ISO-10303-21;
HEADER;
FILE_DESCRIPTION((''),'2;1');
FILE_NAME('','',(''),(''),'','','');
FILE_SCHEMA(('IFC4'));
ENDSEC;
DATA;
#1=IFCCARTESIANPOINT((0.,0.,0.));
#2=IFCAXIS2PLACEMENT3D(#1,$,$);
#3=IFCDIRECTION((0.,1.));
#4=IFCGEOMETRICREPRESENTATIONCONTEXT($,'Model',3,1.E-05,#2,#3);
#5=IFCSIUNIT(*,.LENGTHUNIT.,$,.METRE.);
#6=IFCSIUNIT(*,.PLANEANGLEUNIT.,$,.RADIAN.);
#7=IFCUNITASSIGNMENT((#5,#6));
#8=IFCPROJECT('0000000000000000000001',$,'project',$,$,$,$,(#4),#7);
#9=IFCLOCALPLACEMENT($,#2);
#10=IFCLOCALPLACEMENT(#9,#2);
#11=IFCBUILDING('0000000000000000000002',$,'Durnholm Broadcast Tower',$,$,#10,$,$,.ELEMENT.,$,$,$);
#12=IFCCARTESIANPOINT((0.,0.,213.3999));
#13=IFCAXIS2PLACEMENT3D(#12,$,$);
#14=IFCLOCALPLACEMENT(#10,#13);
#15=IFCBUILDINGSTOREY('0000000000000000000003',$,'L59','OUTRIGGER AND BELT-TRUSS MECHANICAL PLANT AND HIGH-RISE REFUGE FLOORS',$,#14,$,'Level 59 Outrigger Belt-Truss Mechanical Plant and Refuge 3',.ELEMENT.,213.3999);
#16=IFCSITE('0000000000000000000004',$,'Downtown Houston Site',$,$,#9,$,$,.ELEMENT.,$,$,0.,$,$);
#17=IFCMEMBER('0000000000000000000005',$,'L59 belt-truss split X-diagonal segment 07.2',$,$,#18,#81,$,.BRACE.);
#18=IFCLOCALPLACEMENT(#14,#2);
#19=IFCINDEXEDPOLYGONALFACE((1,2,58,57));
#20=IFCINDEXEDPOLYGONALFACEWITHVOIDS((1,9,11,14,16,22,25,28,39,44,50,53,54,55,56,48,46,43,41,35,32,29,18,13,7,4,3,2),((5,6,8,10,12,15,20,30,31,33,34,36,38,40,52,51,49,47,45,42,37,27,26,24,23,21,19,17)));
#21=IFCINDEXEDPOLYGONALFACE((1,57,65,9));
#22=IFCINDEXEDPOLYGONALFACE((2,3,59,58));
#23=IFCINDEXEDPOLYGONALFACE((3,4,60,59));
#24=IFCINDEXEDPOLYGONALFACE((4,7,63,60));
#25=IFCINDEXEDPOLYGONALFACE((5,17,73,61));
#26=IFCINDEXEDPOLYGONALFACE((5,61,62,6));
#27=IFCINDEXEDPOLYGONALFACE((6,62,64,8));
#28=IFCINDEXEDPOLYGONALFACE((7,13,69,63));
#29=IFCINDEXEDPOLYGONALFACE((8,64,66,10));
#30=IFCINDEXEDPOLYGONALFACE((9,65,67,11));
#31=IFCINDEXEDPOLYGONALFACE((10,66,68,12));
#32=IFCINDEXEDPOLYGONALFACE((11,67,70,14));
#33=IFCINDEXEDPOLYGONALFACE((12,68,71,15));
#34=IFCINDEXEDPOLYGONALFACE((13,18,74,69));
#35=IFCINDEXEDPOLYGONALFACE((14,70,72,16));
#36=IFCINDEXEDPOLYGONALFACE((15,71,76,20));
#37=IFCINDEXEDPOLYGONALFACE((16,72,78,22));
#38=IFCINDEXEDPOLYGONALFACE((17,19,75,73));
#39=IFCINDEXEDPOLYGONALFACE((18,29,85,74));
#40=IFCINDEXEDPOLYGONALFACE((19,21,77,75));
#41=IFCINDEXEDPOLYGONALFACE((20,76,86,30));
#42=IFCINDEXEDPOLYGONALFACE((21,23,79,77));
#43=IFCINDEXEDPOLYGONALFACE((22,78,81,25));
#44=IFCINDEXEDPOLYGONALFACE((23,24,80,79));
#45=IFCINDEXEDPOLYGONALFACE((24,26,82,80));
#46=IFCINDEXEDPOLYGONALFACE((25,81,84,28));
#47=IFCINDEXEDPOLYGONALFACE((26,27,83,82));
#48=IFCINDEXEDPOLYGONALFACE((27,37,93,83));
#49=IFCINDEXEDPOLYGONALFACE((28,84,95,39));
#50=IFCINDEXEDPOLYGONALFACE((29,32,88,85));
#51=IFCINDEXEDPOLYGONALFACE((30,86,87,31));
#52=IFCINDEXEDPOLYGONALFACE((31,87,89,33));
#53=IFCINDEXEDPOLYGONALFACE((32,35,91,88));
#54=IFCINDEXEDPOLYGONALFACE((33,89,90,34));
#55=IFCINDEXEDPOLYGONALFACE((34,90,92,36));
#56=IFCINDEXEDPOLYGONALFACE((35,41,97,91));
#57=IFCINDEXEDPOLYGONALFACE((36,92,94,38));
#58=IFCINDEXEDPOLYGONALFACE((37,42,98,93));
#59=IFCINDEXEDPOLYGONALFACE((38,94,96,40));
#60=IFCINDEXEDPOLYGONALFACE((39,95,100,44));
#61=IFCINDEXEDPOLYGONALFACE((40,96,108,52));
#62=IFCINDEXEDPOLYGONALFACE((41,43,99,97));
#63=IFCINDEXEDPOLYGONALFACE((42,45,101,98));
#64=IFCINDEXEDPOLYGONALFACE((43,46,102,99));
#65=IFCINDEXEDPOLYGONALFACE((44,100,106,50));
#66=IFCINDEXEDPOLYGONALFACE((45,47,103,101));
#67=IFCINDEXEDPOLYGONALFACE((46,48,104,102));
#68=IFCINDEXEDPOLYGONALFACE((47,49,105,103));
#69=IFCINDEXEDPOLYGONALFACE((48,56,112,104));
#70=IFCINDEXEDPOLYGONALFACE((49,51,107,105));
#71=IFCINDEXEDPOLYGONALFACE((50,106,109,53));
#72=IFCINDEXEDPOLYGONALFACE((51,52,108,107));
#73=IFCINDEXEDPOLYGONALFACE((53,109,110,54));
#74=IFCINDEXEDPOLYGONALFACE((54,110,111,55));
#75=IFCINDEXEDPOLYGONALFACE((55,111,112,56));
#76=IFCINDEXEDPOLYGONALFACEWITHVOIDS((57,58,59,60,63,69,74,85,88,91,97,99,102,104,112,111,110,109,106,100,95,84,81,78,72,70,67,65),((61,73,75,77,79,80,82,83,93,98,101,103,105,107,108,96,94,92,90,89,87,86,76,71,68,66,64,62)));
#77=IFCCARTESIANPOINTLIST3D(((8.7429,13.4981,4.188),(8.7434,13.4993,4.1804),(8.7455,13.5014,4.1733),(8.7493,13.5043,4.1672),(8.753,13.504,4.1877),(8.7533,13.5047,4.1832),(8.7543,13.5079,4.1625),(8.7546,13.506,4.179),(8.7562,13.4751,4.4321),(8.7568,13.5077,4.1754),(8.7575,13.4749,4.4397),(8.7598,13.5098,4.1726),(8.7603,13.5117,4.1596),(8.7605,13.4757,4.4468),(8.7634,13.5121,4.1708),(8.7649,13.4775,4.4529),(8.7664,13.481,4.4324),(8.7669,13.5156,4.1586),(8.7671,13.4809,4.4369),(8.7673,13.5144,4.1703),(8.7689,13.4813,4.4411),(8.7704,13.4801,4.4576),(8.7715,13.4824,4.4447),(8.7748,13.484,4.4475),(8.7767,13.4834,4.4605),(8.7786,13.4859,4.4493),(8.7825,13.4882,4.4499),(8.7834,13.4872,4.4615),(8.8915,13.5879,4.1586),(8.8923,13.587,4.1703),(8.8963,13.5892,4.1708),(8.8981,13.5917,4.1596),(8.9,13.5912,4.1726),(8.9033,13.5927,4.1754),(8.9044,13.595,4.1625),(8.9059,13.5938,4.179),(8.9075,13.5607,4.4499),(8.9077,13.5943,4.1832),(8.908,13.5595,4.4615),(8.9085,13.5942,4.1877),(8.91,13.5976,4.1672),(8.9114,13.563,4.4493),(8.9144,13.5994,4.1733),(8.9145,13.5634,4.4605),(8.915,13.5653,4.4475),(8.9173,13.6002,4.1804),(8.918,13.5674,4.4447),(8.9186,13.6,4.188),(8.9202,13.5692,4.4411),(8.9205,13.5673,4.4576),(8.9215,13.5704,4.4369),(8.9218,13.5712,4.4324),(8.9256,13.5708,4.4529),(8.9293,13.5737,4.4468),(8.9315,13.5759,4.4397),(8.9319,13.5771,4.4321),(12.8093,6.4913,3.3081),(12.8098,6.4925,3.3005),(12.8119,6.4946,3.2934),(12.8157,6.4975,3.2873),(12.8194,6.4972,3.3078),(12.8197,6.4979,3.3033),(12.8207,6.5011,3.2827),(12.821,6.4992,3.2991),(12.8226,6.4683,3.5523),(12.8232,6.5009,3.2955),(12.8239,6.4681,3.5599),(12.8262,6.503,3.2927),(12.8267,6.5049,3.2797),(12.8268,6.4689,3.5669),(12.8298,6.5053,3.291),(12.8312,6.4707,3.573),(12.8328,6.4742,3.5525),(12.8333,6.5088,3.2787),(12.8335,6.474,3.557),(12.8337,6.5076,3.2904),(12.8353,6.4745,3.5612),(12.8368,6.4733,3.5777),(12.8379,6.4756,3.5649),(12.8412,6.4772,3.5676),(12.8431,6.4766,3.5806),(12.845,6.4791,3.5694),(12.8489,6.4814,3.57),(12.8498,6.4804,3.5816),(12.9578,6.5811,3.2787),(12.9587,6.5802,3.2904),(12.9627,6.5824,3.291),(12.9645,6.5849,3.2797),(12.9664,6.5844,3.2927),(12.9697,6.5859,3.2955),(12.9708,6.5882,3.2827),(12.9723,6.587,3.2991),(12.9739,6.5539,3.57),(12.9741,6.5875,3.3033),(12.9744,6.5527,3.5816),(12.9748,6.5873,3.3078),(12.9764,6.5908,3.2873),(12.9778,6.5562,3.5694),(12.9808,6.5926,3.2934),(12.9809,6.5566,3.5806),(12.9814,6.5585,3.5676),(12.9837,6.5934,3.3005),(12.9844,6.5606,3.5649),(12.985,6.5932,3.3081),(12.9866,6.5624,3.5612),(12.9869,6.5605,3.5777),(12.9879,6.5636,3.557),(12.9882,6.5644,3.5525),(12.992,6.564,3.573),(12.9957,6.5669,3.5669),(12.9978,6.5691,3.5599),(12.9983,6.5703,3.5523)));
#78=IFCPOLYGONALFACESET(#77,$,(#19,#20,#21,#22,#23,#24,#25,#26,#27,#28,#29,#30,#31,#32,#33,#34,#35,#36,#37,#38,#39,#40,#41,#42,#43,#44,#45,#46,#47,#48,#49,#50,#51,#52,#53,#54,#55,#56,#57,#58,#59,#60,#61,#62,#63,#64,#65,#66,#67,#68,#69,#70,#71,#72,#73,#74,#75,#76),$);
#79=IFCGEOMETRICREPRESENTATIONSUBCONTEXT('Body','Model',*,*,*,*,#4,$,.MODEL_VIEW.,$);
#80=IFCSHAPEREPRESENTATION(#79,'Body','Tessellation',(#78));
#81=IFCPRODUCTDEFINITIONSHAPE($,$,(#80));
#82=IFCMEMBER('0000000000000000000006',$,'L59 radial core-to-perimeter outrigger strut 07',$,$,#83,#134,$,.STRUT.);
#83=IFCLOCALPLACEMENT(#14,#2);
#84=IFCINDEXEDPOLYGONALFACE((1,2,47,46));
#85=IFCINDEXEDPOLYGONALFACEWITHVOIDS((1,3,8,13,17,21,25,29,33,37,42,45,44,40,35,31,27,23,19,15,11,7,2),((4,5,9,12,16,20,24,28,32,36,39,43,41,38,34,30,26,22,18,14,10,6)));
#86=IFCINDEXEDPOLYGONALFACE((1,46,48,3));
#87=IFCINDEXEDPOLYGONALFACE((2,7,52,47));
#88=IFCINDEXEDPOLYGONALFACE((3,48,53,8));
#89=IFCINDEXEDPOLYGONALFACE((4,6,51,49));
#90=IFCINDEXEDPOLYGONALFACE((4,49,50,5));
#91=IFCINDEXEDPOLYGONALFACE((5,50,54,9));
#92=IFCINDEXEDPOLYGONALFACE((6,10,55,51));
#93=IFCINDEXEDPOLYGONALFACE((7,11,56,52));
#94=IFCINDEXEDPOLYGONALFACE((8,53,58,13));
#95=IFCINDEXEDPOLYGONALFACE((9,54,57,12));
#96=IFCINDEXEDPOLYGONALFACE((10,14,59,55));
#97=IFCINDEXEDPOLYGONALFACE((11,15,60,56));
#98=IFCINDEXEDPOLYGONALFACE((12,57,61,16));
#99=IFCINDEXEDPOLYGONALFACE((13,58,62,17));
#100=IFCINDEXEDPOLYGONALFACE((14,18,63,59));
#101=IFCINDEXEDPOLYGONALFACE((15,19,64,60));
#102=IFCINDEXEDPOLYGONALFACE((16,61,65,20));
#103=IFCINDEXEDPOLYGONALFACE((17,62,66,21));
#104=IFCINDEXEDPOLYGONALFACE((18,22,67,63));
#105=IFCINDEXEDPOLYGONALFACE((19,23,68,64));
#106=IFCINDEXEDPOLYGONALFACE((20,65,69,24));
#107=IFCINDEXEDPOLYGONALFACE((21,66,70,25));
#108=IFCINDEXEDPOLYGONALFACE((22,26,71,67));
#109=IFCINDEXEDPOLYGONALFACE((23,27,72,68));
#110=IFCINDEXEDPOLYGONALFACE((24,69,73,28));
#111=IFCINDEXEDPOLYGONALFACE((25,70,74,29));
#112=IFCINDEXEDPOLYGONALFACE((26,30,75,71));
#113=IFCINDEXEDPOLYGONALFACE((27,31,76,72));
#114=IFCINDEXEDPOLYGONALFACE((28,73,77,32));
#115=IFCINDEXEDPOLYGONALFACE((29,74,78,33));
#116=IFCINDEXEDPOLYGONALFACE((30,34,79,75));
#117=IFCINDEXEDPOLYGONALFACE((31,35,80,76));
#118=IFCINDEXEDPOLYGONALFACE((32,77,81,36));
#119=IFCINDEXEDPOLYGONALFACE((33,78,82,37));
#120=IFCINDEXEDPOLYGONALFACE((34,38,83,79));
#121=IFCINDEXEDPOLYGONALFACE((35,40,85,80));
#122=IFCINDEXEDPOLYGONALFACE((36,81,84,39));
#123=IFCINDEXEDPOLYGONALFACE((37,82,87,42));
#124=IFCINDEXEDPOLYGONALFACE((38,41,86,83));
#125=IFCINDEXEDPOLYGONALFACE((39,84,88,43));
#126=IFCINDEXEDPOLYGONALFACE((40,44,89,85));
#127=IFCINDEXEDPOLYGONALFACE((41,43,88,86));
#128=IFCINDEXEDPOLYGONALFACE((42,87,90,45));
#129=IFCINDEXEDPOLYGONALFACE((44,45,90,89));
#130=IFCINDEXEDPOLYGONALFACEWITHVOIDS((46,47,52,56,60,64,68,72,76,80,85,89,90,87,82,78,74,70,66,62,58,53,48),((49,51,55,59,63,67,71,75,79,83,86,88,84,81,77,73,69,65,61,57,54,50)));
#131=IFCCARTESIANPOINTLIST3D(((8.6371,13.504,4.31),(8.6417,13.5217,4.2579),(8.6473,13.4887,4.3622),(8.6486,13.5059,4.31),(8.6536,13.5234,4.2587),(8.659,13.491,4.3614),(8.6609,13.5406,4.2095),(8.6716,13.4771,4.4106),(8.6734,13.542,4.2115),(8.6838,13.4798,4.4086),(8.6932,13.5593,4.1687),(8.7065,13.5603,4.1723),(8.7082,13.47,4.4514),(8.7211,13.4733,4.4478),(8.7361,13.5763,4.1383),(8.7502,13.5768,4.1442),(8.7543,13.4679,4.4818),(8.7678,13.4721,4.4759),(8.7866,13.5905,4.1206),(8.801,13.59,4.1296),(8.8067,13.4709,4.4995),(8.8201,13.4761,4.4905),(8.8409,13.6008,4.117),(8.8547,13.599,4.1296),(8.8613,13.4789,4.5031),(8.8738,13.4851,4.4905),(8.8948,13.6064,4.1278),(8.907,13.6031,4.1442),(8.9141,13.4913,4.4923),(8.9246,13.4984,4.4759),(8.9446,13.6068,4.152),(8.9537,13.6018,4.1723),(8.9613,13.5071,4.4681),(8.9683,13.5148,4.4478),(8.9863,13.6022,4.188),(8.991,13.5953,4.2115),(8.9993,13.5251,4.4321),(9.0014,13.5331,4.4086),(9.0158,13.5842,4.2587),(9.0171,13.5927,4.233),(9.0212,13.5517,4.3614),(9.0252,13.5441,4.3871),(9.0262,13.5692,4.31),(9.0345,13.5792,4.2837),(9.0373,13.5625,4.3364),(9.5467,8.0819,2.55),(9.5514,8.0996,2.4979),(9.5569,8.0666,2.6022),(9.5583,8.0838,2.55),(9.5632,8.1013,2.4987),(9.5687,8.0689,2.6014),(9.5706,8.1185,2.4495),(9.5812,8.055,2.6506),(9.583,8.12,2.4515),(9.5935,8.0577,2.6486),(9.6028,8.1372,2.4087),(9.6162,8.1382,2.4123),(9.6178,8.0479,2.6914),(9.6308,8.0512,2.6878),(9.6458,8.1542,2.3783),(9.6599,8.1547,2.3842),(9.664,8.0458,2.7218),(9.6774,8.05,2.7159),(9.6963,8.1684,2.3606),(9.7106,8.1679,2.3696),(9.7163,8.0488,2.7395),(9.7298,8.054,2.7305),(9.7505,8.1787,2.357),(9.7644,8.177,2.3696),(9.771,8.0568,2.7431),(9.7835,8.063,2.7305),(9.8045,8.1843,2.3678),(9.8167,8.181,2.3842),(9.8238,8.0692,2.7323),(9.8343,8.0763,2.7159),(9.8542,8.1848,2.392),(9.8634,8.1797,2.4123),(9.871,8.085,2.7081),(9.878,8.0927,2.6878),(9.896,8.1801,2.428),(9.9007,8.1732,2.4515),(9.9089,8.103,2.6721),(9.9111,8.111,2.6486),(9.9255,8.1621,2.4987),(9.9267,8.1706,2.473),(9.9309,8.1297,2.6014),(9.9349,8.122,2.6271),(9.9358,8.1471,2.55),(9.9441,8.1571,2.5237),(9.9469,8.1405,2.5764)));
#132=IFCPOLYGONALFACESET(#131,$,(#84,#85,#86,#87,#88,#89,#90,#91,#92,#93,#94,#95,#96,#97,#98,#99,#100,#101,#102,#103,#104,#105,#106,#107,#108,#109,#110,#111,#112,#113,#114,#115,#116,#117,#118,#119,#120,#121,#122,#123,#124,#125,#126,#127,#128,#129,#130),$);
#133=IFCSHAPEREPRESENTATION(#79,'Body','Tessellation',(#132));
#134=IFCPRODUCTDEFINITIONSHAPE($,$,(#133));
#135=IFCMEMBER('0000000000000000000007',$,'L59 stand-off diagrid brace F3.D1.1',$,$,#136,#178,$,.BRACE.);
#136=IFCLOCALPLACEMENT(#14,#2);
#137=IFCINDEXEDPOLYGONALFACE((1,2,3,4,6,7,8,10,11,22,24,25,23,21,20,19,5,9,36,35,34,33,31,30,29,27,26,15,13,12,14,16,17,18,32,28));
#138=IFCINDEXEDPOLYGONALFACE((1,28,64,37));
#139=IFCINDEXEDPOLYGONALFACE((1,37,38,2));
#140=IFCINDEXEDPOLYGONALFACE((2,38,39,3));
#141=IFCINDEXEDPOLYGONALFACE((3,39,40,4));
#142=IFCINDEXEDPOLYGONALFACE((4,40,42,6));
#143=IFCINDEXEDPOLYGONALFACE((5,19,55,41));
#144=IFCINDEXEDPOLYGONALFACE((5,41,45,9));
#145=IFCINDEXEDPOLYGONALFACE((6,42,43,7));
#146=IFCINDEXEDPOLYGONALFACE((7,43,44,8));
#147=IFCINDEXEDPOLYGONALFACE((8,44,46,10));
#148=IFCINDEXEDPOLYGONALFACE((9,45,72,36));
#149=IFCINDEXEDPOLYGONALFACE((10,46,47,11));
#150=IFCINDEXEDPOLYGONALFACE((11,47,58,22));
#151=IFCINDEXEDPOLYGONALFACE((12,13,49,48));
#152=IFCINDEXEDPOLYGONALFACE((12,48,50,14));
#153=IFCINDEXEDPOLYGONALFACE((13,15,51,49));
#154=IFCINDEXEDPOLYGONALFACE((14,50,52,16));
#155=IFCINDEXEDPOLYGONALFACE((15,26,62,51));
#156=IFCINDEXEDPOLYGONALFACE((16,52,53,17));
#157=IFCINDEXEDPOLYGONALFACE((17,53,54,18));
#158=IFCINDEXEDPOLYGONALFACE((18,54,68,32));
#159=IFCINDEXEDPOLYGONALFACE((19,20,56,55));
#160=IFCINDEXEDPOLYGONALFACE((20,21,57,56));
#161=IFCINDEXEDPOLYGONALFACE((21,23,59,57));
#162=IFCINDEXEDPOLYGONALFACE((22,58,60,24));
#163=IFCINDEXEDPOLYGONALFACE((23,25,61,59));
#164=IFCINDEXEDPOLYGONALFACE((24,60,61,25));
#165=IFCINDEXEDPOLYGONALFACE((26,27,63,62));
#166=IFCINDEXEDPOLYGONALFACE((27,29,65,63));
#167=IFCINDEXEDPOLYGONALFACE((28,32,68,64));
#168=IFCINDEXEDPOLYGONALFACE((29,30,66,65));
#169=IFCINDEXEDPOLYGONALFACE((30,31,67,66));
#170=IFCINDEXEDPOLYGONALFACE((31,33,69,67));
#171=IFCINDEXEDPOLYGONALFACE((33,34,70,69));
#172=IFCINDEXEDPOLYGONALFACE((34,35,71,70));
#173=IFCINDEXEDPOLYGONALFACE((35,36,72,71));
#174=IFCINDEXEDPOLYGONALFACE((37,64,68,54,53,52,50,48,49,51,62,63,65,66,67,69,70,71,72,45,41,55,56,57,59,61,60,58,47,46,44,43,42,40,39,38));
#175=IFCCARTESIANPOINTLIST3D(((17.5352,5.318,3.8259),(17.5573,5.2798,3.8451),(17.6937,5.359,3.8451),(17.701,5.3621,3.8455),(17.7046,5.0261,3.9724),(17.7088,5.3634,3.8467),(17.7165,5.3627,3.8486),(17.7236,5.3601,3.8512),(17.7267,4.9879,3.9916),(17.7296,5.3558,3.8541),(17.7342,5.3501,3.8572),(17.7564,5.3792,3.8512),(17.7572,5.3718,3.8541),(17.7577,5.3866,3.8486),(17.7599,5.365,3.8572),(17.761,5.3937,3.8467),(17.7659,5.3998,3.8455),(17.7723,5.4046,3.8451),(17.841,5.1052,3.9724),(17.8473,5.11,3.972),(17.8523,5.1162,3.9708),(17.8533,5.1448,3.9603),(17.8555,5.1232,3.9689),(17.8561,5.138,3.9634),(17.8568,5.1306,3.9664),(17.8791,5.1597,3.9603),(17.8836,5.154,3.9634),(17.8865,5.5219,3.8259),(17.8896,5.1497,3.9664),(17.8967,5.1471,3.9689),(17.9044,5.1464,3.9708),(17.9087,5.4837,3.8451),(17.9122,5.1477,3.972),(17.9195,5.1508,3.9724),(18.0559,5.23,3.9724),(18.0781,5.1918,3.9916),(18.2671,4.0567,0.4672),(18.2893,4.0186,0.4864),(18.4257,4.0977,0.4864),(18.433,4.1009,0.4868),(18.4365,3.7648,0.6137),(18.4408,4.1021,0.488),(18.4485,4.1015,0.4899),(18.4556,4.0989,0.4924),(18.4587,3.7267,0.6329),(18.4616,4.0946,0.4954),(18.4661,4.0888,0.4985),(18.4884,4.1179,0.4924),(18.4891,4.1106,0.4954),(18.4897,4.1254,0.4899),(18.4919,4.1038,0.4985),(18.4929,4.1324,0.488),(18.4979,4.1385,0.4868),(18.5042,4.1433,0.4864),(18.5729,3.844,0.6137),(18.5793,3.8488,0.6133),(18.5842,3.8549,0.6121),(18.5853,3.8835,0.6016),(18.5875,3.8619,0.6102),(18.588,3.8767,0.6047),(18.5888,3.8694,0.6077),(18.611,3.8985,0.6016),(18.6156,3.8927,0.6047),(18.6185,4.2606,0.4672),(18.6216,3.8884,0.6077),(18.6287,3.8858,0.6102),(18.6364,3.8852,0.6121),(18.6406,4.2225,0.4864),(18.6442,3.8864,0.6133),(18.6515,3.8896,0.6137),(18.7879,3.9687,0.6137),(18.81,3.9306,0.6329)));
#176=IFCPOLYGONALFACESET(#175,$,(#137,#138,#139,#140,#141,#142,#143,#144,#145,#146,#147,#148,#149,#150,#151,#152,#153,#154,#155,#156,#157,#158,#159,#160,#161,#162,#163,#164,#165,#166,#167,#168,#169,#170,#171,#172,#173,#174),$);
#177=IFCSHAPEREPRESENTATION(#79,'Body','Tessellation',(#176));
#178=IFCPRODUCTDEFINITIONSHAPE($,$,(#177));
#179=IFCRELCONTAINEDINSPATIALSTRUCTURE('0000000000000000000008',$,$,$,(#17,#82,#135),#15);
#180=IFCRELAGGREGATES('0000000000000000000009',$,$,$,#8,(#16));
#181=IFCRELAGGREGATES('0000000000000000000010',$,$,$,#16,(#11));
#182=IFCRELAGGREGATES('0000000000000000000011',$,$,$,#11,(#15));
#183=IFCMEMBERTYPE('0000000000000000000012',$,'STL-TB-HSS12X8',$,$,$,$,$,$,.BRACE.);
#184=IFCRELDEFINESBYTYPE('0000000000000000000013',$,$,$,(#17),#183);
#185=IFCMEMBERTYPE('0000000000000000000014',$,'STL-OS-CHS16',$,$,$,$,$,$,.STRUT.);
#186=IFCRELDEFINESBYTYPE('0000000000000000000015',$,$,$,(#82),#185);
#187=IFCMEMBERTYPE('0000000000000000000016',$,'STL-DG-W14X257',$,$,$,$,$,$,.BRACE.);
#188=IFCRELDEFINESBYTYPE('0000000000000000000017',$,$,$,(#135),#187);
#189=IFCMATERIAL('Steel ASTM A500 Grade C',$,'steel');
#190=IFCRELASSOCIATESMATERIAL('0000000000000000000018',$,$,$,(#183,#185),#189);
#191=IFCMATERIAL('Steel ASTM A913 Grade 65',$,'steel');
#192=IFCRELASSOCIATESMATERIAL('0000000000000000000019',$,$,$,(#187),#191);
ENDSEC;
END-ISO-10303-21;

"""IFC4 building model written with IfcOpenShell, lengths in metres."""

from ifc_helpers import new_model, si_unit, direction, frame, origin, origin_2d, place, context, subcontext, project, spatial, hollow_rectangle, hollow_circle, i_section, extrude, source, transform, mapped, material, material_profile, profile_set, type_object, type_shapes, element, save


model = new_model("IFC4")

# Units and contexts
model_context = context("Model", 3, precision=1e-05, world=origin(), true_north=direction((0.0, 1.0)))
body_context = subcontext(model_context, "Body", "Model", "MODEL_VIEW")
ifc_project = project(units=[si_unit("LENGTHUNIT", "METRE"), si_unit("PLANEANGLEUNIT", "RADIAN")], contexts=[model_context])

# Site, building, storey
site_placement = place(None, origin())
site = spatial("IfcSite", under=ifc_project, at=site_placement, Name="Downtown Houston Site", CompositionType="ELEMENT", RefElevation=0.0)
building_placement = place(site_placement, origin())
building = spatial("IfcBuilding", under=site, at=building_placement, Name="Durnholm Broadcast Tower", CompositionType="ELEMENT")
storey_placement = place(building_placement, frame((0.0, 0.0, 213.3999)))
storey = spatial("IfcBuildingStorey", under=building, at=storey_placement, Name="L59", Description="OUTRIGGER AND BELT-TRUSS MECHANICAL PLANT AND HIGH-RISE REFUGE FLOORS", LongName="Level 59 Outrigger Belt-Truss Mechanical Plant and Refuge 3", CompositionType="ELEMENT", Elevation=213.3999)

# Members
ifc_material_1 = material(Name="Steel ASTM A500 Grade C", Category="steel")
ifc_material_profile_1 = material_profile(ifc_material_1, hollow_rectangle(XDim=0.2031, YDim=0.3047, WallThickness=0.0117, InnerFilletRadius=0.0176, OuterFilletRadius=0.0295, at=origin_2d()), Name="HSS12X8X1/2")
ifc_profile_set_1 = profile_set([ifc_material_profile_1], Name="Steel ASTM A500 Grade C")
member_type_1 = type_object("IfcMemberType", Name="STL-TB-HSS12X8", PredefinedType="BRACE", material=ifc_profile_set_1)
shared_shape_1 = source(origin(), body_context, "Body", "SweptSolid", [
    extrude(hollow_rectangle(XDim=0.2031, YDim=0.3047, WallThickness=0.0117, InnerFilletRadius=0.0176, OuterFilletRadius=0.0295, at=origin_2d()), origin(), (0.0, 0.0, 1.0), 8.1489),
])
type_shapes(member_type_1, [shared_shape_1])
member_1_placement = place(storey_placement, frame((12.9038, 6.5308, 3.4302), z_axis=(-0.499009, 0.859844, 0.107975), x_axis=(-0.8649, -0.501944, 0.0)))
element("IfcMember", 1, at=member_1_placement, inside=storey, type_object=member_type_1, Name="L59 belt-truss split X-diagonal segment 07.2", PredefinedType="BRACE", context=body_context, shape_type="MappedRepresentation", body=[
    mapped(shared_shape_1, transform((0.0, 0.0, 0.0), x_axis=(1.0, 0.0, 0.0), y_axis=(0.0, 1.0, 0.0), z_axis=(0.0, 0.0, 1.0), scale=1.0)),
])
ifc_material_profile_2 = material_profile(ifc_material_1, hollow_circle(Radius=0.2031, WallThickness=0.0117, at=origin_2d()), Name="HSS16.000X0.500")
ifc_profile_set_2 = profile_set([ifc_material_profile_2], Name="Steel ASTM A500 Grade C")
member_type_2 = type_object("IfcMemberType", Name="STL-OS-CHS16", PredefinedType="STRUT", material=ifc_profile_set_2)
shared_shape_2 = source(origin(), body_context, "Body", "SweptSolid", [
    extrude(hollow_circle(Radius=0.2031, WallThickness=0.0117, at=origin_2d()), origin(), (0.0, 0.0, 1.0), 5.7727),
])
type_shapes(member_type_2, [shared_shape_2])
member_2_placement = place(storey_placement, frame((9.7471, 8.1155, 2.55), z_axis=(-0.15758, 0.939263, 0.304883), x_axis=(-0.986217, -0.165457, 0.0)))
element("IfcMember", 2, at=member_2_placement, inside=storey, type_object=member_type_2, Name="L59 radial core-to-perimeter outrigger strut 07", PredefinedType="STRUT", context=body_context, shape_type="MappedRepresentation", body=[
    mapped(shared_shape_2, transform((0.0, 0.0, 0.0), x_axis=(1.0, 0.0, 0.0), y_axis=(0.0, 1.0, 0.0), z_axis=(0.0, 0.0, 1.0), scale=1.0)),
])
ifc_material_2 = material(Name="Steel ASTM A913 Grade 65", Category="steel")
ifc_material_profile_3 = material_profile(ifc_material_2, i_section(OverallWidth=0.4062, OverallDepth=0.416, WebThickness=0.0298, FlangeThickness=0.0481, FilletRadius=0.0305, at=origin_2d()), Name="W14X257")
ifc_profile_set_3 = profile_set([ifc_material_profile_3], Name="Steel ASTM A913 Grade 65")
member_type_3 = type_object("IfcMemberType", Name="STL-DG-W14X257", PredefinedType="BRACE", material=ifc_profile_set_3)
shared_shape_3 = source(origin(), body_context, "Body", "SweptSolid", [
    extrude(i_section(OverallWidth=0.4062, OverallDepth=0.416, WebThickness=0.0298, FlangeThickness=0.0481, FilletRadius=0.0305, at=origin_2d()), origin(), (0.0, 0.0, 1.0), 3.6616),
])
type_shapes(member_type_3, [shared_shape_3])
for number, where, z_axis, x_axis, name in (
    (3, (18.5386, 3.9937, 0.55), (-0.199897, 0.344453, 0.917275), (-0.864906, -0.501934, 0.0), "L59 stand-off diagrid brace F3.D1.1"),
):
    element("IfcMember", number, at=place(storey_placement, frame(where, z_axis=z_axis, x_axis=x_axis)), inside=storey, type_object=member_type_3, Name=name, PredefinedType="BRACE", context=body_context, shape_type="MappedRepresentation", body=[
        mapped(shared_shape_3, transform((0.0, 0.0, 0.0), x_axis=(1.0, 0.0, 0.0), y_axis=(0.0, 1.0, 0.0), z_axis=(0.0, 0.0, 1.0), scale=1.0)),
    ])

save(model, "model.ifc")
